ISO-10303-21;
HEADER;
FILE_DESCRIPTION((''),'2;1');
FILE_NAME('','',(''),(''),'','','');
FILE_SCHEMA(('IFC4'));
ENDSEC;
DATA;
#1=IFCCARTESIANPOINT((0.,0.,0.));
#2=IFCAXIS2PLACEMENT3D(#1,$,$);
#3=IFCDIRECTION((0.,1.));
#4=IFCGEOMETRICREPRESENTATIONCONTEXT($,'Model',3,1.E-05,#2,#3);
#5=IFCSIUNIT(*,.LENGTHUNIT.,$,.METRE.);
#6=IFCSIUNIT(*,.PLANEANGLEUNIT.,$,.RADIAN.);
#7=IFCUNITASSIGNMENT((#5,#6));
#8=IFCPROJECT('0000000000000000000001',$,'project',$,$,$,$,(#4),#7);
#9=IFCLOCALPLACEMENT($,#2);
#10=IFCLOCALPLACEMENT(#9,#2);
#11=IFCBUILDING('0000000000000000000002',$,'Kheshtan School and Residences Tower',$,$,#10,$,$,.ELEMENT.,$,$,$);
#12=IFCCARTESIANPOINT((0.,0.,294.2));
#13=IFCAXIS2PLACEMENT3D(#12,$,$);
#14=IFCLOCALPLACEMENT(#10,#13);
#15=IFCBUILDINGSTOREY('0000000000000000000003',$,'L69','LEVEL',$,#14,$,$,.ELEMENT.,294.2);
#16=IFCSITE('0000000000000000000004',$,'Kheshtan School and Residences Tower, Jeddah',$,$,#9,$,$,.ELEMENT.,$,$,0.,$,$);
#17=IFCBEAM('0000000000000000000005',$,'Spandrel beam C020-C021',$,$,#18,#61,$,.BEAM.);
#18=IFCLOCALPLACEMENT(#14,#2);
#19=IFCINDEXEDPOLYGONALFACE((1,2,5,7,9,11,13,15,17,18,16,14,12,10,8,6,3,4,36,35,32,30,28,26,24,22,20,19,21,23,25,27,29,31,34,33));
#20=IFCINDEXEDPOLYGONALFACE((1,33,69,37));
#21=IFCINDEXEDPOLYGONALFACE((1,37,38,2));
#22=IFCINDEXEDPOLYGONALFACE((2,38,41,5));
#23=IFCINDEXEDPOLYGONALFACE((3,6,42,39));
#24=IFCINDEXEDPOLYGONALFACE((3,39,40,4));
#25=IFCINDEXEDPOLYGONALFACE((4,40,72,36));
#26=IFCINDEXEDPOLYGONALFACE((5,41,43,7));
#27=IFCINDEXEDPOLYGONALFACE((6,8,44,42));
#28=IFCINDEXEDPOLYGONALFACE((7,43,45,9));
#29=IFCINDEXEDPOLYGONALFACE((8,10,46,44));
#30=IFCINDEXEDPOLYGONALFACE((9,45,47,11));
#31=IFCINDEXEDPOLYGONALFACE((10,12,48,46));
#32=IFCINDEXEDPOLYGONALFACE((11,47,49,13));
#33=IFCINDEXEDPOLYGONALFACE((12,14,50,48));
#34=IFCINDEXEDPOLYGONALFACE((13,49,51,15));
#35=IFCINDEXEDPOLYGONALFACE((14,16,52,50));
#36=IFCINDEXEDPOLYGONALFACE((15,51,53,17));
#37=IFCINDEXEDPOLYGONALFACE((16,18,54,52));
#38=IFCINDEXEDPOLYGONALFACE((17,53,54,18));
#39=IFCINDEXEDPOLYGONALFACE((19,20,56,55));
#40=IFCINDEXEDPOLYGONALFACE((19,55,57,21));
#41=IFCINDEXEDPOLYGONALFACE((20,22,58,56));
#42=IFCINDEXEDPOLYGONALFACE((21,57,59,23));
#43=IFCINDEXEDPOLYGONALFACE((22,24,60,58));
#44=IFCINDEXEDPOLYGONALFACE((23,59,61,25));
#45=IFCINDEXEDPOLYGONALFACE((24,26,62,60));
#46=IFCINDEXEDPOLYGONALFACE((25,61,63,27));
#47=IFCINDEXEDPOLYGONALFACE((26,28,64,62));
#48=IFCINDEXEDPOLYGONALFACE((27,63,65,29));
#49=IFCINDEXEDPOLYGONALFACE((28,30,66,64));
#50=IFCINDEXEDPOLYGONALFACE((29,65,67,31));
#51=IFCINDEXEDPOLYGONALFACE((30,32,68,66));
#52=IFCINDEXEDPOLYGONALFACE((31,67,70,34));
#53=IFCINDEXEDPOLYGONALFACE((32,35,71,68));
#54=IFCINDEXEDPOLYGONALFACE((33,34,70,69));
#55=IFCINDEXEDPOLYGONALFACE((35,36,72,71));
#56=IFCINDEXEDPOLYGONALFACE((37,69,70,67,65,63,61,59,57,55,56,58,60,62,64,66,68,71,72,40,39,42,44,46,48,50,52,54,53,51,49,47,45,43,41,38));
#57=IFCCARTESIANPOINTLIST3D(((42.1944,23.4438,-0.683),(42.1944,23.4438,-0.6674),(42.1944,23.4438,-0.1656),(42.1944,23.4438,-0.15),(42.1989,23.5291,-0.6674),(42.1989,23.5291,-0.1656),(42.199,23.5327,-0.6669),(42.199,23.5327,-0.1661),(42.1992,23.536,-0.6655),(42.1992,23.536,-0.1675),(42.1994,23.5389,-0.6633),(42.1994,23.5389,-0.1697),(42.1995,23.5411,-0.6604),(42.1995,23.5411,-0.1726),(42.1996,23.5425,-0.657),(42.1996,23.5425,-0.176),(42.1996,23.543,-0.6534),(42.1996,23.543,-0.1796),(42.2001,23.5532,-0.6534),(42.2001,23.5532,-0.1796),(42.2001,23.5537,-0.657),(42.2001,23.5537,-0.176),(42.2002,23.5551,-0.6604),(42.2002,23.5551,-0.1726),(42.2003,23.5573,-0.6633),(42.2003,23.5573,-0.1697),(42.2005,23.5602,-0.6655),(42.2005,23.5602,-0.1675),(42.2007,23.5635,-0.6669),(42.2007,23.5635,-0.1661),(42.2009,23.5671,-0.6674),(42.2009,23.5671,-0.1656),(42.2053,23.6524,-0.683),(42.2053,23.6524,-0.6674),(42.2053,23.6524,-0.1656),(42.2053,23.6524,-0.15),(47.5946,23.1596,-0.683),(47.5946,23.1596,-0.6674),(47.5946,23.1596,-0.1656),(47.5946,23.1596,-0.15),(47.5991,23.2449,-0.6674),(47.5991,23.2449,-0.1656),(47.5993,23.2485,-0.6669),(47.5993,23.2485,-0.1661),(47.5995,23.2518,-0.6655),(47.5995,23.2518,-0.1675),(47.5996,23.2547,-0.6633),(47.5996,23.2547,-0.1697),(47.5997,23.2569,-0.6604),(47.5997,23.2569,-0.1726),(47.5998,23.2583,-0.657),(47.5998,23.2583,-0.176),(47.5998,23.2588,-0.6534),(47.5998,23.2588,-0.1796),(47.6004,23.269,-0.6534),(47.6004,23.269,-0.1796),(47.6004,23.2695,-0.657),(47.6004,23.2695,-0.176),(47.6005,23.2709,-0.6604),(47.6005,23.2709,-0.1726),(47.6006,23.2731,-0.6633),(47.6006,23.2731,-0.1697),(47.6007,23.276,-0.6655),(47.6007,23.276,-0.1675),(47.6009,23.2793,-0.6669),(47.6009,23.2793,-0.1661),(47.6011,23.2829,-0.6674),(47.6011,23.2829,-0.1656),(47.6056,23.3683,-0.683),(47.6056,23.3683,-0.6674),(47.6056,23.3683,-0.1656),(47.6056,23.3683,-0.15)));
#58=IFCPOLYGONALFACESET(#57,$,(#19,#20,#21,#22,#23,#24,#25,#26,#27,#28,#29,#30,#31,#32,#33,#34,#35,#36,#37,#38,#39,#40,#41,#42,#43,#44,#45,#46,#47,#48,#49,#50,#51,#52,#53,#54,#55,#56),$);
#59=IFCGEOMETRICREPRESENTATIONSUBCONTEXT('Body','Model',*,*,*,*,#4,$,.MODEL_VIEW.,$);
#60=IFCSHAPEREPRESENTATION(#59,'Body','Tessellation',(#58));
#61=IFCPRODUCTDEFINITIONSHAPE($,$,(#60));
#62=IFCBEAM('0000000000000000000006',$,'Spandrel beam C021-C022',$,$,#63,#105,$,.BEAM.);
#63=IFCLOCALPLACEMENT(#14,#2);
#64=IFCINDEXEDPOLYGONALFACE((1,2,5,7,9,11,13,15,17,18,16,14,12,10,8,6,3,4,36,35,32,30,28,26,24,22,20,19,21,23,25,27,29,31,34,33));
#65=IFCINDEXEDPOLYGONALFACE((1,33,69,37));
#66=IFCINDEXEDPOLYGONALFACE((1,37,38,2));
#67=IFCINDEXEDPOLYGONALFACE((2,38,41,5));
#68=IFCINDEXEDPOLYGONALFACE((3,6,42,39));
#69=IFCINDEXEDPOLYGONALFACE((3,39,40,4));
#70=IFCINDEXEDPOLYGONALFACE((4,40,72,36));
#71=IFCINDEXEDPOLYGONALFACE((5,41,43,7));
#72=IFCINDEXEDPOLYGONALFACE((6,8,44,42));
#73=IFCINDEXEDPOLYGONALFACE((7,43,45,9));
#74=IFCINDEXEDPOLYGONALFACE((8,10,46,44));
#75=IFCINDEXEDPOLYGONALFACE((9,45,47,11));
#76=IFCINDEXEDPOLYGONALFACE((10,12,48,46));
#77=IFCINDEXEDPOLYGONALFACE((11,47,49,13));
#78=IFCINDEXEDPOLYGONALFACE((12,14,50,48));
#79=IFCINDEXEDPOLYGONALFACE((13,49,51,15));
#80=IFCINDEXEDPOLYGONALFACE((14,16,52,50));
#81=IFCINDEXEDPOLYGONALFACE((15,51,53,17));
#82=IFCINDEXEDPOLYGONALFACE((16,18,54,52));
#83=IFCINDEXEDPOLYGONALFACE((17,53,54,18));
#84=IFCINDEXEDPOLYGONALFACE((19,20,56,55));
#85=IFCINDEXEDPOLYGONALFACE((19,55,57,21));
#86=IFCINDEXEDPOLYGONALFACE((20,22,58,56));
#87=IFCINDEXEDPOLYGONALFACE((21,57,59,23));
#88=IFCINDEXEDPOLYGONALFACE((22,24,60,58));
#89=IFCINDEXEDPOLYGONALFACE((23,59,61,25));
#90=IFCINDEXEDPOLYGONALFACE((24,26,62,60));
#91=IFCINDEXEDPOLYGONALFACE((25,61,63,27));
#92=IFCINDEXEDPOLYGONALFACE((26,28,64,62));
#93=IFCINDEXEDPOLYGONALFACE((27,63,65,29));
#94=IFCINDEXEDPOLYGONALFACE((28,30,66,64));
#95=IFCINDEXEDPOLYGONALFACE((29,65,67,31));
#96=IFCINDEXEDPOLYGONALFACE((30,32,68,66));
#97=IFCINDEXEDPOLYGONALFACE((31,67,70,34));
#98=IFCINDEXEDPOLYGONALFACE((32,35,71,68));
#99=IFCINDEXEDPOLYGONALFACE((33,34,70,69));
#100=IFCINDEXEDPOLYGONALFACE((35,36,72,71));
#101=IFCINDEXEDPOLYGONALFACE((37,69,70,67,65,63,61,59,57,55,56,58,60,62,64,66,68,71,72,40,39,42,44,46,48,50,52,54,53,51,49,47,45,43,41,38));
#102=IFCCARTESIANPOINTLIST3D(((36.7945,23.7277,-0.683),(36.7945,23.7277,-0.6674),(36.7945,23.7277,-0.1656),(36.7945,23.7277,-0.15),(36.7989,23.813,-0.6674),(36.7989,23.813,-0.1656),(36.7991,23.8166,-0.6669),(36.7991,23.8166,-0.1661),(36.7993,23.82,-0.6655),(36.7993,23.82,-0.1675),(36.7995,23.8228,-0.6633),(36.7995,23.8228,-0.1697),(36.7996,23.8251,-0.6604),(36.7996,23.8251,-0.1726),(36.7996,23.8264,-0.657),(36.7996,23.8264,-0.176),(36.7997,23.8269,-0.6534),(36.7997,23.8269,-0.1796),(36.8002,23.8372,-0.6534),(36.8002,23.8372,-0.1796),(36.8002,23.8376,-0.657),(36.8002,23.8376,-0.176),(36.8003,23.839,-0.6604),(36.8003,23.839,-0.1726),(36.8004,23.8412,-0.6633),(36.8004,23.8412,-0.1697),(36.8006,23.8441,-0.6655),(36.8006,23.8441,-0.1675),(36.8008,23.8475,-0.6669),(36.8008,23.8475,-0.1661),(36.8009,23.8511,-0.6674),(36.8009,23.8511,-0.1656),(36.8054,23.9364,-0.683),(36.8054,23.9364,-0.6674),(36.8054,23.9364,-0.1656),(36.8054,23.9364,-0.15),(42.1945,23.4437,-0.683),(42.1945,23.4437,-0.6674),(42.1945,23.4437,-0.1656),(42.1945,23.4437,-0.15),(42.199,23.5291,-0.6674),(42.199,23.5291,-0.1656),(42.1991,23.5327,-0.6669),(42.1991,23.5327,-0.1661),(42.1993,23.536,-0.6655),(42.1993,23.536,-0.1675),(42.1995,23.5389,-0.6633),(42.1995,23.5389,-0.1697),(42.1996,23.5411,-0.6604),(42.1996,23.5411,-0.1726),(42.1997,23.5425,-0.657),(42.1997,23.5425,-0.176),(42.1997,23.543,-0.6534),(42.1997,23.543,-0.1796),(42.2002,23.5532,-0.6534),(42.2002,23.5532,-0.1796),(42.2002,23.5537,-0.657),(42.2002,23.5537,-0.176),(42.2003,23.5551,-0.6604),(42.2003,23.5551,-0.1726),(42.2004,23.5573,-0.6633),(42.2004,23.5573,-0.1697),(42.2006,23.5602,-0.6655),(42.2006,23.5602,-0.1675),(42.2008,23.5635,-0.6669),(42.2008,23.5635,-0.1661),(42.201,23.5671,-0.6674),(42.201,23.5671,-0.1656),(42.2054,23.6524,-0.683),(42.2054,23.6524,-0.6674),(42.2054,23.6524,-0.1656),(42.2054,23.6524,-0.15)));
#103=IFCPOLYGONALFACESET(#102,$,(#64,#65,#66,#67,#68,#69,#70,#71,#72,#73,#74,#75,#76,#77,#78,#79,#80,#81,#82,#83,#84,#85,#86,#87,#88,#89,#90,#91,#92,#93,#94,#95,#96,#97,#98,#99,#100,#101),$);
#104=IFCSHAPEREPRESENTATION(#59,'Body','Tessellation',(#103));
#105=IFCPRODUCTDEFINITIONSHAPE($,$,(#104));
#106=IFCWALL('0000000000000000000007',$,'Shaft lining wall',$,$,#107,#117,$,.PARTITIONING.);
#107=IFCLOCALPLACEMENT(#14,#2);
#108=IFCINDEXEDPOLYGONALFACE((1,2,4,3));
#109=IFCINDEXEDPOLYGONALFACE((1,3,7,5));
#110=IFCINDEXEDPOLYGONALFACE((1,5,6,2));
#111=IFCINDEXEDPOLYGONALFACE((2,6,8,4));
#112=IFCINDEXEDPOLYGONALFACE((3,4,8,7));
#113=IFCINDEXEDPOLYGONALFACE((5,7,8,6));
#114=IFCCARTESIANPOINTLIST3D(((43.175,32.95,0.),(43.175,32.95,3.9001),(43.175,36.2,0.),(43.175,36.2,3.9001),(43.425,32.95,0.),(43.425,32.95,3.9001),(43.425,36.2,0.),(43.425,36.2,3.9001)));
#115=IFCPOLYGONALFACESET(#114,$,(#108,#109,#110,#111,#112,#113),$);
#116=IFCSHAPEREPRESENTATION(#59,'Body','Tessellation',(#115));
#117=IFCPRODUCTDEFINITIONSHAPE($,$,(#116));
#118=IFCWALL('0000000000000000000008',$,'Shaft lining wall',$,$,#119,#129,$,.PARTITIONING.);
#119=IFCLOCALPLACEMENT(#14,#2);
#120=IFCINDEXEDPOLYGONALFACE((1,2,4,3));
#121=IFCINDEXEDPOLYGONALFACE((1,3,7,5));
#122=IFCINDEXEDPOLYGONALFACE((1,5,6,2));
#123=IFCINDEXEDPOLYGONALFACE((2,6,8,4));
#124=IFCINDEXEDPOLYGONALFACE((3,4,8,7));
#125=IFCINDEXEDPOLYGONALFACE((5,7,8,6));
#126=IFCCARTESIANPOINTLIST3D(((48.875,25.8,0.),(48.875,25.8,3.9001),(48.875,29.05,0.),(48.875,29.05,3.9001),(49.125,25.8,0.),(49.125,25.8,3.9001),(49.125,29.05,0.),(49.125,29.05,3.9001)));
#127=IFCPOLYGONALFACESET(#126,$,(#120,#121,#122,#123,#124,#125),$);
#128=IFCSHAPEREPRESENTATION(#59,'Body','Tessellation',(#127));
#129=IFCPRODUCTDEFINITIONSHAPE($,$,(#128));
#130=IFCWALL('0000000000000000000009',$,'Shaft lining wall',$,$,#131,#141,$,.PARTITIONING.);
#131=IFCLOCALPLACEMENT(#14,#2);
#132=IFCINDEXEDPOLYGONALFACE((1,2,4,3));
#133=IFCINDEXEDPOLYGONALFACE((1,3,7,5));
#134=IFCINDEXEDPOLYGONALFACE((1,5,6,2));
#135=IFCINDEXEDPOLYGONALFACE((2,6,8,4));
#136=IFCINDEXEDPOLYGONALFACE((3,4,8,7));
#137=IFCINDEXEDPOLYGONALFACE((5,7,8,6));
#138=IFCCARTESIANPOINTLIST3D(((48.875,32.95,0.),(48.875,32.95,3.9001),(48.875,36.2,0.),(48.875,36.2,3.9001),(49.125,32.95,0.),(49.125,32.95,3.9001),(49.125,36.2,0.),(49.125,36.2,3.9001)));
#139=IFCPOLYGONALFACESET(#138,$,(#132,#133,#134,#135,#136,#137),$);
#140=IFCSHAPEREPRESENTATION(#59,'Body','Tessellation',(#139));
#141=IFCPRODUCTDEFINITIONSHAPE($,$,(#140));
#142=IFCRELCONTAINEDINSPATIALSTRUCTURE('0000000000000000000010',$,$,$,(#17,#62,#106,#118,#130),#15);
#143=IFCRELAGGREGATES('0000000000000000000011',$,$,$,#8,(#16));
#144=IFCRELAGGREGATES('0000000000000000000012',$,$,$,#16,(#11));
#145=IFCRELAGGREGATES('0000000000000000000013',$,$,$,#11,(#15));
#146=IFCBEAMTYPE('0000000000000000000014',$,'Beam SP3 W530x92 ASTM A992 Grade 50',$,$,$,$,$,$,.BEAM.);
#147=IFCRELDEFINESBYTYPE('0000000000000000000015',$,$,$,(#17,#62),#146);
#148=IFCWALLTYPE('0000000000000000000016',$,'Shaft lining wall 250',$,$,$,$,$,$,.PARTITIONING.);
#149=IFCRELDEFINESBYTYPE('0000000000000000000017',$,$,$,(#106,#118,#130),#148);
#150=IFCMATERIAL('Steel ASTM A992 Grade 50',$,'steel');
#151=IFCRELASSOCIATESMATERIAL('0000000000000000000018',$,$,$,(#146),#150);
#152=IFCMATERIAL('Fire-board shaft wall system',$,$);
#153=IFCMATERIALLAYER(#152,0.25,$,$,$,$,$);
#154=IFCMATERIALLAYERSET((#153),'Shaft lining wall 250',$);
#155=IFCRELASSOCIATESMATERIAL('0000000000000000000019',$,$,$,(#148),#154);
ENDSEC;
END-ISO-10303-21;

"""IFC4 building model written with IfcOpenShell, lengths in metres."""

from ifc_helpers import new_model, si_unit, direction, frame, frame_2d, origin, origin_2d, place, context, subcontext, project, spatial, rectangle, i_section, extrude, material, layer, layer_set, material_profile, profile_set, type_object, element, save


model = new_model("IFC4")

# Units and contexts
model_context = context("Model", 3, precision=1e-05, world=origin(), true_north=direction((0.0, 1.0)))
body_context = subcontext(model_context, "Body", "Model", "MODEL_VIEW")
ifc_project = project(units=[si_unit("LENGTHUNIT", "METRE"), si_unit("PLANEANGLEUNIT", "RADIAN")], contexts=[model_context])

# Site, building, storey
site_placement = place(None, origin())
site = spatial("IfcSite", under=ifc_project, at=site_placement, Name="Kheshtan School and Residences Tower, Jeddah", CompositionType="ELEMENT", RefElevation=0.0)
building_placement = place(site_placement, origin())
building = spatial("IfcBuilding", under=site, at=building_placement, Name="Kheshtan School and Residences Tower", CompositionType="ELEMENT")
storey_placement = place(building_placement, frame((0.0, 0.0, 294.2)))
storey = spatial("IfcBuildingStorey", under=building, at=storey_placement, Name="L69", Description="LEVEL", CompositionType="ELEMENT", Elevation=294.2)

# Shared definitions
ifc_material_1 = material(Name="Steel ASTM A992 Grade 50", Category="steel")

# Beams
ifc_material_profile_1 = material_profile(ifc_material_1, i_section(OverallWidth=0.209, OverallDepth=0.533, WebThickness=0.0103, FlangeThickness=0.0156, FilletRadius=0.0139, at=origin_2d()), Name="W530x92")
ifc_profile_set_1 = profile_set([ifc_material_profile_1], Name="Steel ASTM A992 Grade 50")
beam_type_1 = type_object("IfcBeamType", Name="Beam SP3 W530x92 ASTM A992 Grade 50", PredefinedType="BEAM", material=ifc_profile_set_1)
beam_1_placement = place(storey_placement, frame((47.6001, 23.2639, -0.4165), z_axis=(-0.998618, 0.052552, 0.0), x_axis=(-0.052552, -0.998618, 0.0)))
element("IfcBeam", 1, at=beam_1_placement, inside=storey, type_object=beam_type_1, Name="Spandrel beam C020-C021", PredefinedType="BEAM", context=body_context, shape_type="SweptSolid", body=[
    extrude(i_section(OverallWidth=0.209, OverallDepth=0.533, WebThickness=0.0103, FlangeThickness=0.0156, FilletRadius=0.0139, at=origin_2d()), origin(), (0.0, 0.0, 1.0), 5.4077),
])
beam_2_placement = place(storey_placement, frame((42.2, 23.5481, -0.4165), z_axis=(-0.99862, 0.052509, 0.0), x_axis=(-0.052509, -0.99862, 0.0)))
element("IfcBeam", 2, at=beam_2_placement, inside=storey, type_object=beam_type_1, Name="Spandrel beam C021-C022", PredefinedType="BEAM", context=body_context, shape_type="SweptSolid", body=[
    extrude(i_section(OverallWidth=0.209, OverallDepth=0.533, WebThickness=0.0103, FlangeThickness=0.0156, FilletRadius=0.0139, at=origin_2d()), origin(), (0.0, 0.0, 1.0), 5.4075),
])

# Walls
ifc_material_2 = material(Name="Fire-board shaft wall system")
ifc_layer = layer(ifc_material_2, 0.25)
ifc_layer_set = layer_set([ifc_layer], Name="Shaft lining wall 250")
wall_type = type_object("IfcWallType", Name="Shaft lining wall 250", PredefinedType="PARTITIONING", material=ifc_layer_set)
for number, where, z_axis, x_axis, name in (
    (3, (43.3, 32.95, 0.0), (0.0, 0.0, 1.0), (0.0, 1.0, 0.0), "Shaft lining wall"),
    (4, (49.0, 25.8, 0.0), (0.0, 0.0, 1.0), (0.0, 1.0, 0.0), "Shaft lining wall"),
    (5, (49.0, 32.95, 0.0), (0.0, 0.0, 1.0), (0.0, 1.0, 0.0), "Shaft lining wall"),
):
    element("IfcWall", number, at=place(storey_placement, frame(where, z_axis=z_axis, x_axis=x_axis)), inside=storey, type_object=wall_type, Name=name, PredefinedType="PARTITIONING", context=body_context, shape_type="SweptSolid", body=[
        extrude(rectangle(XDim=3.25, YDim=0.25, at=frame_2d((1.625, 0.0))), origin(), (0.0, 0.0, 1.0), 3.9001),
    ])

save(model, "model.ifc")
